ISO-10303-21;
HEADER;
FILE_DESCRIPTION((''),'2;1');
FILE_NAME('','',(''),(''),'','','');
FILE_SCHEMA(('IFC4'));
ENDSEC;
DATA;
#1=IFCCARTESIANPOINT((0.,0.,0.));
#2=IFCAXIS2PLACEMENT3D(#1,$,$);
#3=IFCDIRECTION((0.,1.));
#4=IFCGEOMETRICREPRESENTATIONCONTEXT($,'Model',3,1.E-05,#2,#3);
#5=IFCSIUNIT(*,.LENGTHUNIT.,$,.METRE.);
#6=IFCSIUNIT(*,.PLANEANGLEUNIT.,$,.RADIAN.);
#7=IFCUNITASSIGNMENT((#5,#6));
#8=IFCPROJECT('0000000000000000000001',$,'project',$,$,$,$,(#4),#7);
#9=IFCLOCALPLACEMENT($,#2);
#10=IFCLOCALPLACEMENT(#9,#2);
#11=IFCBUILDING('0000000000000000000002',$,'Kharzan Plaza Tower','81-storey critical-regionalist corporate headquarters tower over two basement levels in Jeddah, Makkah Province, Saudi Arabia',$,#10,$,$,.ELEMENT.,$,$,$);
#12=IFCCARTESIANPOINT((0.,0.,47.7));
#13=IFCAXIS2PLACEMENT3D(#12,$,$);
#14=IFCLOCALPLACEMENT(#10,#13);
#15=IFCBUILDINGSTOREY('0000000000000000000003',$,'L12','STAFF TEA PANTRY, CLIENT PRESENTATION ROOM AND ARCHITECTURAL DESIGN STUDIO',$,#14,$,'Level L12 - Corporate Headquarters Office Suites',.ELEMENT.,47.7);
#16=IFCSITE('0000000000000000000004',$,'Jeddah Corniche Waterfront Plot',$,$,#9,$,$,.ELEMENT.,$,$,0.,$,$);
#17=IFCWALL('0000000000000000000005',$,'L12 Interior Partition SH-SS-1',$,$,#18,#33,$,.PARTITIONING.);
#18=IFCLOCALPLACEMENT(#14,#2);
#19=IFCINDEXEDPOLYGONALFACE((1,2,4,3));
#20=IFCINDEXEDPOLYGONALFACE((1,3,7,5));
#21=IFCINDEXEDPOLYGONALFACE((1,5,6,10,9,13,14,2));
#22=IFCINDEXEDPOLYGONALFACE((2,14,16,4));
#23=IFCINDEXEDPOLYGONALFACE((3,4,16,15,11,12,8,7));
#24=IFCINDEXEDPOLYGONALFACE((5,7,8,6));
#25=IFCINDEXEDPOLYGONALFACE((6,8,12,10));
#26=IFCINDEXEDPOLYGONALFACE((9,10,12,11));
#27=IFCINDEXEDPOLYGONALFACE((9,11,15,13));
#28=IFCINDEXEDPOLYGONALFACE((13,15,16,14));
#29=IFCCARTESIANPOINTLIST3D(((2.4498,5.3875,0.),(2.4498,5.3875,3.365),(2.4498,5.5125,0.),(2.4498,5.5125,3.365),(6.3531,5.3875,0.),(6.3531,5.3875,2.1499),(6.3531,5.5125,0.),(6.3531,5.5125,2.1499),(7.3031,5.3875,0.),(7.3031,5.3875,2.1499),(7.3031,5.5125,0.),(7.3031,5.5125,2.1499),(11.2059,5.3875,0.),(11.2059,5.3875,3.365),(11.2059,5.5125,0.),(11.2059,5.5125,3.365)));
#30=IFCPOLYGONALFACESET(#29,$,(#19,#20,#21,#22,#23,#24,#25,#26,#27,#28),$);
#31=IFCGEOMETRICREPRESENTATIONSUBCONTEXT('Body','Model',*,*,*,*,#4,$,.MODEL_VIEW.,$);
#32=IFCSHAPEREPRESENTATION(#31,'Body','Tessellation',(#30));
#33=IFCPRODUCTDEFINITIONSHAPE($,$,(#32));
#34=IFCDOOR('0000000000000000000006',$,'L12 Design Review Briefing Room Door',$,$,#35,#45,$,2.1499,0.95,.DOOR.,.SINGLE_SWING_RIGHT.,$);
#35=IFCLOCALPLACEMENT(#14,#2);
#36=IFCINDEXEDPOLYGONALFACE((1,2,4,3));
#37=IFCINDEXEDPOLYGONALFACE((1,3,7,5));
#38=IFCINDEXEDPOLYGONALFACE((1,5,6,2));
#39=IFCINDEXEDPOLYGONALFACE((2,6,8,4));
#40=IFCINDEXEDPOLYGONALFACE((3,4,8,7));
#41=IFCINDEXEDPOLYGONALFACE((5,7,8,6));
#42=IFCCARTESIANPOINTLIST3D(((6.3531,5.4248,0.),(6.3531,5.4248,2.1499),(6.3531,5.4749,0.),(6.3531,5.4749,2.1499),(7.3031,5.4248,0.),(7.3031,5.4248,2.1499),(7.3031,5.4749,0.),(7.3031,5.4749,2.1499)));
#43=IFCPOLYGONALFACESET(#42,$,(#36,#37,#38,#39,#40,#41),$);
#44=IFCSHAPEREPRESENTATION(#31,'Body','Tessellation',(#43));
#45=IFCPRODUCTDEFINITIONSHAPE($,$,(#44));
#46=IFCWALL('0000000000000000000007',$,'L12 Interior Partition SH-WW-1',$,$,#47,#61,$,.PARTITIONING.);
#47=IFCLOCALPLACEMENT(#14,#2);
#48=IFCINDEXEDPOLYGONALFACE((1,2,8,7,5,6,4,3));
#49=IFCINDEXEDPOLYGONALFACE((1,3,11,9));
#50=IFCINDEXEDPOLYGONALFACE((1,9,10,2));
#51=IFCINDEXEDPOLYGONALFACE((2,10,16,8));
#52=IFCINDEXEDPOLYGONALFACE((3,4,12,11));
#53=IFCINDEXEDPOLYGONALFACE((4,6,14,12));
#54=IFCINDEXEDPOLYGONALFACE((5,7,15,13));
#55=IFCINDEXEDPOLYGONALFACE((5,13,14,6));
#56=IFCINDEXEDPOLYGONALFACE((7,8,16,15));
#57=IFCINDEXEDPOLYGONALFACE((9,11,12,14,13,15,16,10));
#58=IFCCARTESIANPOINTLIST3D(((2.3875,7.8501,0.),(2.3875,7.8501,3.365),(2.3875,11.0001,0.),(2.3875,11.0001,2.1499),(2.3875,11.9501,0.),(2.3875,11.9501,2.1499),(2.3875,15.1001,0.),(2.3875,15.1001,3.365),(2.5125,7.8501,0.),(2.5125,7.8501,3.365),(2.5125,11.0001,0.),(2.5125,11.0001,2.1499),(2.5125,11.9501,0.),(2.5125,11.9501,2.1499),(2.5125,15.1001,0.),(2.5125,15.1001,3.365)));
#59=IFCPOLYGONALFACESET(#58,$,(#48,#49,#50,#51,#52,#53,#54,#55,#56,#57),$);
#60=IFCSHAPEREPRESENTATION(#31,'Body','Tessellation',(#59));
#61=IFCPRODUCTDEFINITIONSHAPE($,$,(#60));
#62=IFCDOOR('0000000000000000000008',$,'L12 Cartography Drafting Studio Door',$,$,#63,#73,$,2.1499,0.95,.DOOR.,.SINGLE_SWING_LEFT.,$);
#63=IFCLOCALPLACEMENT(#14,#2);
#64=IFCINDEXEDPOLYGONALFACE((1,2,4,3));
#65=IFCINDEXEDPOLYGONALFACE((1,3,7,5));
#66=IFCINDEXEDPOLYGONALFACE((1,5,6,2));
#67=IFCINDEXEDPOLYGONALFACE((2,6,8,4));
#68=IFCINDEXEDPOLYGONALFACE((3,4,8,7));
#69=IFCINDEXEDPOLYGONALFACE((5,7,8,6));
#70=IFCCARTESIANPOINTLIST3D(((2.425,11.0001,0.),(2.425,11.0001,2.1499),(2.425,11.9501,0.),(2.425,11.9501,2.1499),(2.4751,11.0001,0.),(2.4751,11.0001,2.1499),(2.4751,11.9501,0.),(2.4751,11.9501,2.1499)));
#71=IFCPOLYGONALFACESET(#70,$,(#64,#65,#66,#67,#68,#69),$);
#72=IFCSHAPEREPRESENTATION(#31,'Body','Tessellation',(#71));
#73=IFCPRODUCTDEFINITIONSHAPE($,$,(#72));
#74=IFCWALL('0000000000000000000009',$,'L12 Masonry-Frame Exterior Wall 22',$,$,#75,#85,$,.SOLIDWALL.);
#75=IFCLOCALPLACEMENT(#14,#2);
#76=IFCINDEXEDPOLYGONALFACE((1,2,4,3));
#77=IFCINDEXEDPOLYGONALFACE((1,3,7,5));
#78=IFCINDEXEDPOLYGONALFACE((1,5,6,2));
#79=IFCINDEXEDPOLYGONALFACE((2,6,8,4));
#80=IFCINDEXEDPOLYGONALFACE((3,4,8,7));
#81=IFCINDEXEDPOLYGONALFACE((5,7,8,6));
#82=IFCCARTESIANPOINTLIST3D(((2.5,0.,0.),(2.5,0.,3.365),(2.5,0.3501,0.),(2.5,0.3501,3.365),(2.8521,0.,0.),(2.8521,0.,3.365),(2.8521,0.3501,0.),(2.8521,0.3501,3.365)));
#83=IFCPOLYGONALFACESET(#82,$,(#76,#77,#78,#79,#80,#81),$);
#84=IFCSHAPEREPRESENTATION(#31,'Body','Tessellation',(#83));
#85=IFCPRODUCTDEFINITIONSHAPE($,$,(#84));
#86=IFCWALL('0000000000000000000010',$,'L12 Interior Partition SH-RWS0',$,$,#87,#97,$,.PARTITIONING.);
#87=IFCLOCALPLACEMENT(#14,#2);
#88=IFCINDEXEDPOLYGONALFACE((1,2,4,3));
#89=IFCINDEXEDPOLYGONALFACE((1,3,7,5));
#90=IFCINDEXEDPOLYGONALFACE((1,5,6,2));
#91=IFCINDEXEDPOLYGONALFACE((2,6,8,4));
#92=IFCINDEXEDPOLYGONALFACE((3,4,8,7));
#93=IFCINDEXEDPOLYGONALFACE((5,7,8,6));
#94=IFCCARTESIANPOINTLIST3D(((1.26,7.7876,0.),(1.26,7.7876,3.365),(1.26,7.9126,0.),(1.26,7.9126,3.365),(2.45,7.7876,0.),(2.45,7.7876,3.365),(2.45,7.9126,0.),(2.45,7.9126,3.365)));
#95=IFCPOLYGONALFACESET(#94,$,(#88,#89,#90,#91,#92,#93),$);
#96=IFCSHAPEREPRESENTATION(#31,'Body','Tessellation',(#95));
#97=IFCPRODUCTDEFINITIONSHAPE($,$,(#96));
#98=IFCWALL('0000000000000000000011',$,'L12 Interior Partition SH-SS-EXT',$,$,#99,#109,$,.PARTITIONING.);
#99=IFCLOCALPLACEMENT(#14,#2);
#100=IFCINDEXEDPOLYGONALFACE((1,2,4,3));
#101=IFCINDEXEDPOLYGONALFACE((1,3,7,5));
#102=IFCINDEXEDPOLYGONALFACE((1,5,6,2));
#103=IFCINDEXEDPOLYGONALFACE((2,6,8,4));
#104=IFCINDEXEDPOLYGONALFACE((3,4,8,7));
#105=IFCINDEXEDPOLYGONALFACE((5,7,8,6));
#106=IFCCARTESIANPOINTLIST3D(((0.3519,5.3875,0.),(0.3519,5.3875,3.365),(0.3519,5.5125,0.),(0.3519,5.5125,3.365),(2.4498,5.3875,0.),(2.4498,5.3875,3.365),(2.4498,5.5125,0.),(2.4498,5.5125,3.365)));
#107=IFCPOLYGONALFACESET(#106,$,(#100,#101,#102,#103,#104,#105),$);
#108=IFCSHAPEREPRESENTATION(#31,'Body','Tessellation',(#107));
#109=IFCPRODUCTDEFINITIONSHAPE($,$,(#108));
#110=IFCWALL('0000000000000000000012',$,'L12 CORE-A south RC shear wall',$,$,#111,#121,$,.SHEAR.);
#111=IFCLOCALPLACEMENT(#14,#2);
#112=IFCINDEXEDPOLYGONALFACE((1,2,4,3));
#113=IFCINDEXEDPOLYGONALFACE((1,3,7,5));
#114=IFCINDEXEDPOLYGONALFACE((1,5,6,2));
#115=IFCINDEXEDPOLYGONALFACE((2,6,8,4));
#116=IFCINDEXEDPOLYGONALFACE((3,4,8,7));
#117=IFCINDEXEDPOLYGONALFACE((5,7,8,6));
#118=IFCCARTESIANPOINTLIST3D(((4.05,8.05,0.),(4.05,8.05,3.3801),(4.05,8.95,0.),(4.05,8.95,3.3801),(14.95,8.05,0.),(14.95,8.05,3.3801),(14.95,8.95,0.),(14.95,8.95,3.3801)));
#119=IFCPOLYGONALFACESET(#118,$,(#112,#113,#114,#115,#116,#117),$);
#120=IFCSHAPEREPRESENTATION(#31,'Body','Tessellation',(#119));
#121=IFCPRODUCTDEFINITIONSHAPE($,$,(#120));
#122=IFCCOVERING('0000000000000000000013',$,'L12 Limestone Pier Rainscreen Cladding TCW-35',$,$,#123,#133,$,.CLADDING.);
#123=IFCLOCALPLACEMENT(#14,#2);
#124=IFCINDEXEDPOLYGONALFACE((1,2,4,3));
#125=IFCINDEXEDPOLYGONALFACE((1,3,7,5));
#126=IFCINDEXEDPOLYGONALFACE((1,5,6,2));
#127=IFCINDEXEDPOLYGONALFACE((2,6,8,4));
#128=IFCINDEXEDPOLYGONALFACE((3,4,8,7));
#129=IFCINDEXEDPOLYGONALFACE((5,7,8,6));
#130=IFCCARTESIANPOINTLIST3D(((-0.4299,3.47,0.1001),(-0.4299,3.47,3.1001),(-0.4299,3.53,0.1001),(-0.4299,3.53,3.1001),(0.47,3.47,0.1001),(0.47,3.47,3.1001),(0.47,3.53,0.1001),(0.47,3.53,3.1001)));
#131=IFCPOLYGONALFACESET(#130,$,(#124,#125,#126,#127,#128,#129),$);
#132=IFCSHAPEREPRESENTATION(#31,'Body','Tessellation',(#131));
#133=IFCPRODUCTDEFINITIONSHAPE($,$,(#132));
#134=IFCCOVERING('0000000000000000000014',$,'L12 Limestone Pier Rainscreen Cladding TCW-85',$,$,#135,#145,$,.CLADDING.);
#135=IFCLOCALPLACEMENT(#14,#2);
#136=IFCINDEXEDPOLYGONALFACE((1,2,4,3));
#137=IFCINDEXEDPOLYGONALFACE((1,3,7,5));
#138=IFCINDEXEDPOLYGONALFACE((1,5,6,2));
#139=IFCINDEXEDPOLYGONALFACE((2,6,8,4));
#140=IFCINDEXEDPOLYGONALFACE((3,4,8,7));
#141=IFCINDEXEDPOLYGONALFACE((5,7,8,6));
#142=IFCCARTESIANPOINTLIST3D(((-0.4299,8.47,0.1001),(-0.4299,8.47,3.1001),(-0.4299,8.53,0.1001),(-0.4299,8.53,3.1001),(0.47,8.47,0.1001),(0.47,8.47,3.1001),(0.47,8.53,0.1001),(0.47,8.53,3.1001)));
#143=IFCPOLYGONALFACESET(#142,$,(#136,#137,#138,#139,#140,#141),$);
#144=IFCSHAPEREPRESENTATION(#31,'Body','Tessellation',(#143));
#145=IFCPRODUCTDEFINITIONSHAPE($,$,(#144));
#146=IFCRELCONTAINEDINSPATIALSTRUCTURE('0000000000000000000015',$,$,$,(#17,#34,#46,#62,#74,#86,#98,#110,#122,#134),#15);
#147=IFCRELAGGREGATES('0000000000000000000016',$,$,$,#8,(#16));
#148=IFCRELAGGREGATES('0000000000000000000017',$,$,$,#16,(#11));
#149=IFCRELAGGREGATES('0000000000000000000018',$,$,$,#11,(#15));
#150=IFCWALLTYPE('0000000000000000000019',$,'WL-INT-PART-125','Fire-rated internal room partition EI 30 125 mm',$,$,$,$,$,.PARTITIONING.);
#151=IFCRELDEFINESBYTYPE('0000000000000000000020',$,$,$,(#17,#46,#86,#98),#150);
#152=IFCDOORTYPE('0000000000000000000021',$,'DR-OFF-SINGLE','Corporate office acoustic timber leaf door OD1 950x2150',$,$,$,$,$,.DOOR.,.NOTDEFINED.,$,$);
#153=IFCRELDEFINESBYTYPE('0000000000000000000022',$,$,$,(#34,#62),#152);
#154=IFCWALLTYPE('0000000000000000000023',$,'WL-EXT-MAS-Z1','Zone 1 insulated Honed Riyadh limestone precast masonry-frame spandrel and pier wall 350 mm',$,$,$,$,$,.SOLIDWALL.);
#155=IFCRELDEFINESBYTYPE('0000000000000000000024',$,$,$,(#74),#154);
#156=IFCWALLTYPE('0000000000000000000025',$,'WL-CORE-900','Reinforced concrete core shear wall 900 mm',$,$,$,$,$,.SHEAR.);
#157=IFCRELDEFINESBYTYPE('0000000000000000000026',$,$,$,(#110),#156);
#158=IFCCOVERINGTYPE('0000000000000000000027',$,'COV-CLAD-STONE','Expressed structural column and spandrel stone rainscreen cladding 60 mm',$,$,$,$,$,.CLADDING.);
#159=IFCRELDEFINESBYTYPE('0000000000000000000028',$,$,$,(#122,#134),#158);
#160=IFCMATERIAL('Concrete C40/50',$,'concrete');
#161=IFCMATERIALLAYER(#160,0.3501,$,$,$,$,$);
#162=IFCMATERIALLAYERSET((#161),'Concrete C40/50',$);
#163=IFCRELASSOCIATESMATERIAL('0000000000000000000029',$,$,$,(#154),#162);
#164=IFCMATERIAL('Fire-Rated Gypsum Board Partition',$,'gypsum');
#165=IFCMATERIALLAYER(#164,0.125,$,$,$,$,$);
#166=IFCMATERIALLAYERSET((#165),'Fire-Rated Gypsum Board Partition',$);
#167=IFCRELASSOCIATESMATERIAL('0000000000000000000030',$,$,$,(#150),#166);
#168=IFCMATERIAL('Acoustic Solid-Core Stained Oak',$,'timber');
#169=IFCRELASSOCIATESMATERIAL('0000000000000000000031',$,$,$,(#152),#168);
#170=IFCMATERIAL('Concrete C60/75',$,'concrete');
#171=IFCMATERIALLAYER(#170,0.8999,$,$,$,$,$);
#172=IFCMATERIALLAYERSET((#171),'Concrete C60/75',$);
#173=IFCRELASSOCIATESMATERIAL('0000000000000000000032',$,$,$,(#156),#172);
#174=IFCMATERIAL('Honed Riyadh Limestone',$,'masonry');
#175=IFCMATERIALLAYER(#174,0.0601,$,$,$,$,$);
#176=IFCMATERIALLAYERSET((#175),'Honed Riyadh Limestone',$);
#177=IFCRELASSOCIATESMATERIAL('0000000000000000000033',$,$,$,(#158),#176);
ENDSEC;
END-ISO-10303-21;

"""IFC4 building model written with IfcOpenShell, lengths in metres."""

from ifc_helpers import new_model, si_unit, direction, frame, frame_2d, origin, origin_2d, place, context, subcontext, project, spatial, rectangle, extrude, source, transform, mapped, material, layer, layer_set, type_object, element, fill, save


model = new_model("IFC4")

# Units and contexts
model_context = context("Model", 3, precision=1e-05, world=origin(), true_north=direction((0.0, 1.0)))
body_context = subcontext(model_context, "Body", "Model", "MODEL_VIEW")
ifc_project = project(units=[si_unit("LENGTHUNIT", "METRE"), si_unit("PLANEANGLEUNIT", "RADIAN")], contexts=[model_context])

# Site, building, storey
site_placement = place(None, origin())
site = spatial("IfcSite", under=ifc_project, at=site_placement, Name="Jeddah Corniche Waterfront Plot", CompositionType="ELEMENT", RefElevation=0.0)
building_placement = place(site_placement, origin())
building = spatial("IfcBuilding", under=site, at=building_placement, Name="Kharzan Plaza Tower", Description="81-storey critical-regionalist corporate headquarters tower over two basement levels in Jeddah, Makkah Province, Saudi Arabia", CompositionType="ELEMENT")
storey_placement = place(building_placement, frame((0.0, 0.0, 47.7)))
storey = spatial("IfcBuildingStorey", under=building, at=storey_placement, Name="L12", Description="STAFF TEA PANTRY, CLIENT PRESENTATION ROOM AND ARCHITECTURAL DESIGN STUDIO", LongName="Level L12 - Corporate Headquarters Office Suites", CompositionType="ELEMENT", Elevation=47.7)

# Shared definitions
ifc_material_1 = material(Name="Concrete C60/75", Category="concrete")

# Shared definitions
ifc_material_2 = material(Name="Concrete C40/50", Category="concrete")

# Shared definitions
ifc_layer_1 = layer(ifc_material_2, 0.3501)
ifc_layer_set_1 = layer_set([ifc_layer_1], Name="Concrete C40/50")
wall_type_1 = type_object("IfcWallType", Name="WL-EXT-MAS-Z1", Description="Zone 1 insulated Honed Riyadh limestone precast masonry-frame spandrel and pier wall 350 mm", PredefinedType="SOLIDWALL", material=ifc_layer_set_1)

# Walls, openings, doors
ifc_material_3 = material(Name="Fire-Rated Gypsum Board Partition", Category="gypsum")
ifc_layer_2 = layer(ifc_material_3, 0.125)
ifc_layer_set_2 = layer_set([ifc_layer_2], Name="Fire-Rated Gypsum Board Partition")
wall_type_2 = type_object("IfcWallType", Name="WL-INT-PART-125", Description="Fire-rated internal room partition EI 30 125 mm", PredefinedType="PARTITIONING", material=ifc_layer_set_2)
wall_1_placement = place(storey_placement, frame((2.45, 5.45, 0.0), z_axis=(0.0, 0.0, 1.0), x_axis=(1.0, 0.0, 0.0)))
wall_1 = element("IfcWall", 1, at=wall_1_placement, inside=storey, type_object=wall_type_2, Name="L12 Interior Partition SH-SS-1", PredefinedType="PARTITIONING", context=body_context, shape_type="SweptSolid", body=[
    extrude(rectangle(XDim=8.7561, YDim=0.125, at=frame_2d((4.3779, 0.0))), origin(), (0.0, 0.0, 1.0), 3.365),
])
opening_1_placement = place(wall_1_placement, frame((3.9031, 0.0, 0.0)))
opening_1 = element("IfcOpeningElement", 2, at=opening_1_placement, cuts=wall_1, PredefinedType="OPENING", context=body_context, shape_type="SweptSolid", body=[
    extrude(rectangle(XDim=0.95, YDim=2.1499, at=frame_2d((0.4751, 1.075))), frame((0.0, 0.0725, 0.0), z_axis=(0.0, -1.0, 0.0), x_axis=(1.0, 0.0, 0.0)), (0.0, 0.0, 1.0), 0.145),
])
ifc_material_4 = material(Name="Acoustic Solid-Core Stained Oak", Category="timber")
door_type = type_object("IfcDoorType", Name="DR-OFF-SINGLE", Description="Corporate office acoustic timber leaf door OD1 950x2150", OperationType="NOTDEFINED", PredefinedType="DOOR", material=ifc_material_4)
shared_shape_1 = source(origin(), body_context, "Body", "SweptSolid", [
    extrude(rectangle(XDim=0.95, YDim=2.1499, at=frame_2d((0.4751, 1.075))), frame((0.0, 0.0249, 0.0), z_axis=(0.0, -1.0, 0.0), x_axis=(1.0, 0.0, 0.0)), (0.0, 0.0, 1.0), 0.05),
])
door_1_placement = place(opening_1_placement, origin())
door_1 = element("IfcDoor", 3, at=door_1_placement, inside=storey, type_object=door_type, Name="L12 Design Review Briefing Room Door", OperationType="SINGLE_SWING_RIGHT", OverallHeight=2.1499, OverallWidth=0.95, PredefinedType="DOOR", context=body_context, shape_type="MappedRepresentation", body=[
    mapped(shared_shape_1, transform((0.0, 0.0, 0.0), x_axis=(1.0, 0.0, 0.0), y_axis=(0.0, 1.0, 0.0), z_axis=(0.0, 0.0, 1.0))),
])
fill(opening_1, door_1)
wall_2_placement = place(storey_placement, frame((2.45, 7.8501, 0.0), z_axis=(0.0, 0.0, 1.0), x_axis=(0.0, 1.0, 0.0)))
wall_2 = element("IfcWall", 4, at=wall_2_placement, inside=storey, type_object=wall_type_2, Name="L12 Interior Partition SH-WW-1", PredefinedType="PARTITIONING", context=body_context, shape_type="SweptSolid", body=[
    extrude(rectangle(XDim=7.25, YDim=0.125, at=frame_2d((3.625, 0.0))), origin(), (0.0, 0.0, 1.0), 3.365),
])
opening_2_placement = place(wall_2_placement, frame((3.1499, 0.0, 0.0)))
opening_2 = element("IfcOpeningElement", 5, at=opening_2_placement, cuts=wall_2, PredefinedType="OPENING", context=body_context, shape_type="SweptSolid", body=[
    extrude(rectangle(XDim=0.95, YDim=2.1499, at=frame_2d((0.4751, 1.075))), frame((0.0, 0.0725, 0.0), z_axis=(0.0, -1.0, 0.0), x_axis=(1.0, 0.0, 0.0)), (0.0, 0.0, 1.0), 0.145),
])
door_2_placement = place(opening_2_placement, origin())
door_2 = element("IfcDoor", 6, at=door_2_placement, inside=storey, type_object=door_type, Name="L12 Cartography Drafting Studio Door", OperationType="SINGLE_SWING_LEFT", OverallHeight=2.1499, OverallWidth=0.95, PredefinedType="DOOR", context=body_context, shape_type="MappedRepresentation", body=[
    mapped(shared_shape_1, transform((0.0, 0.0, 0.0), x_axis=(1.0, 0.0, 0.0), y_axis=(0.0, 1.0, 0.0), z_axis=(0.0, 0.0, 1.0))),
])
fill(opening_2, door_2)

# Walls
shared_shape_2 = source(origin(), body_context, "Body", "SweptSolid", [
    extrude(rectangle(XDim=0.3521, YDim=0.3501, at=frame_2d((0.176, 0.0))), origin(), (0.0, 0.0, 1.0), 3.365),
])
wall_3_placement = place(storey_placement, frame((2.5, 0.175, 0.0), z_axis=(0.0, 0.0, 1.0), x_axis=(1.0, 0.0, 0.0)))
element("IfcWall", 7, at=wall_3_placement, inside=storey, type_object=wall_type_1, Name="L12 Masonry-Frame Exterior Wall 22", PredefinedType="SOLIDWALL", context=body_context, shape_type="MappedRepresentation", body=[
    mapped(shared_shape_2, transform((0.0, 0.0, 0.0), x_axis=(1.0, 0.0, 0.0), y_axis=(0.0, 1.0, 0.0), z_axis=(0.0, 0.0, 1.0))),
])
shared_shape_3 = source(origin(), body_context, "Body", "SweptSolid", [
    extrude(rectangle(XDim=1.1899, YDim=0.125, at=frame_2d((0.595, 0.0))), origin(), (0.0, 0.0, 1.0), 3.365),
])
wall_4_placement = place(storey_placement, frame((1.26, 7.8501, 0.0), z_axis=(0.0, 0.0, 1.0), x_axis=(1.0, 0.0, 0.0)))
element("IfcWall", 8, at=wall_4_placement, inside=storey, type_object=wall_type_2, Name="L12 Interior Partition SH-RWS0", PredefinedType="PARTITIONING", context=body_context, shape_type="MappedRepresentation", body=[
    mapped(shared_shape_3, transform((0.0, 0.0, 0.0), x_axis=(1.0, 0.0, 0.0), y_axis=(0.0, 1.0, 0.0), z_axis=(0.0, 0.0, 1.0))),
])
shared_shape_4 = source(origin(), body_context, "Body", "SweptSolid", [
    extrude(rectangle(XDim=2.0979, YDim=0.125, at=frame_2d((1.0488, 0.0))), origin(), (0.0, 0.0, 1.0), 3.365),
])
wall_5_placement = place(storey_placement, frame((0.3521, 5.45, 0.0), z_axis=(0.0, 0.0, 1.0), x_axis=(1.0, 0.0, 0.0)))
element("IfcWall", 9, at=wall_5_placement, inside=storey, type_object=wall_type_2, Name="L12 Interior Partition SH-SS-EXT", PredefinedType="PARTITIONING", context=body_context, shape_type="MappedRepresentation", body=[
    mapped(shared_shape_4, transform((0.0, 0.0, 0.0), x_axis=(1.0, 0.0, 0.0), y_axis=(0.0, 1.0, 0.0), z_axis=(0.0, 0.0, 1.0))),
])
ifc_layer_3 = layer(ifc_material_1, 0.8999)
ifc_layer_set_3 = layer_set([ifc_layer_3], Name="Concrete C60/75")
wall_type_3 = type_object("IfcWallType", Name="WL-CORE-900", Description="Reinforced concrete core shear wall 900 mm", PredefinedType="SHEAR", material=ifc_layer_set_3)
shared_shape_5 = source(origin(), body_context, "Body", "SweptSolid", [
    extrude(rectangle(XDim=10.8999, YDim=0.8999, at=frame_2d((5.45, 0.0))), origin(), (0.0, 0.0, 1.0), 3.3801),
])
wall_6_placement = place(storey_placement, frame((4.05, 8.5, 0.0), z_axis=(0.0, 0.0, 1.0), x_axis=(1.0, 0.0, 0.0)))
element("IfcWall", 10, at=wall_6_placement, inside=storey, type_object=wall_type_3, Name="L12 CORE-A south RC shear wall", PredefinedType="SHEAR", context=body_context, shape_type="MappedRepresentation", body=[
    mapped(shared_shape_5, transform((0.0, 0.0, 0.0), x_axis=(1.0, 0.0, 0.0), y_axis=(0.0, 1.0, 0.0), z_axis=(0.0, 0.0, 1.0))),
])

# Coverings
ifc_material_5 = material(Name="Honed Riyadh Limestone", Category="masonry")
ifc_layer_4 = layer(ifc_material_5, 0.0601)
ifc_layer_set_4 = layer_set([ifc_layer_4], Name="Honed Riyadh Limestone")
covering_type = type_object("IfcCoveringType", Name="COV-CLAD-STONE", Description="Expressed structural column and spandrel stone rainscreen cladding 60 mm", PredefinedType="CLADDING", material=ifc_layer_set_4)
shared_shape_6 = source(origin(), body_context, "Body", "SweptSolid", [
    extrude(rectangle(XDim=0.0601, YDim=0.8999, at=origin_2d()), origin(), (0.0, 0.0, 1.0), 3.0),
])
for number, where, z_axis, x_axis, name in (
    (11, (0.02, 3.5, 0.1001), (0.0, 0.0, 1.0), (0.0, 1.0, 0.0), "L12 Limestone Pier Rainscreen Cladding TCW-35"),
    (12, (0.02, 8.5, 0.1001), (0.0, 0.0, 1.0), (0.0, 1.0, 0.0), "L12 Limestone Pier Rainscreen Cladding TCW-85"),
):
    element("IfcCovering", number, at=place(storey_placement, frame(where, z_axis=z_axis, x_axis=x_axis)), inside=storey, type_object=covering_type, Name=name, PredefinedType="CLADDING", context=body_context, shape_type="MappedRepresentation", body=[
        mapped(shared_shape_6, transform((0.0, 0.0, 0.0), x_axis=(1.0, 0.0, 0.0), y_axis=(0.0, 1.0, 0.0), z_axis=(0.0, 0.0, 1.0))),
    ])

save(model, "model.ifc")
